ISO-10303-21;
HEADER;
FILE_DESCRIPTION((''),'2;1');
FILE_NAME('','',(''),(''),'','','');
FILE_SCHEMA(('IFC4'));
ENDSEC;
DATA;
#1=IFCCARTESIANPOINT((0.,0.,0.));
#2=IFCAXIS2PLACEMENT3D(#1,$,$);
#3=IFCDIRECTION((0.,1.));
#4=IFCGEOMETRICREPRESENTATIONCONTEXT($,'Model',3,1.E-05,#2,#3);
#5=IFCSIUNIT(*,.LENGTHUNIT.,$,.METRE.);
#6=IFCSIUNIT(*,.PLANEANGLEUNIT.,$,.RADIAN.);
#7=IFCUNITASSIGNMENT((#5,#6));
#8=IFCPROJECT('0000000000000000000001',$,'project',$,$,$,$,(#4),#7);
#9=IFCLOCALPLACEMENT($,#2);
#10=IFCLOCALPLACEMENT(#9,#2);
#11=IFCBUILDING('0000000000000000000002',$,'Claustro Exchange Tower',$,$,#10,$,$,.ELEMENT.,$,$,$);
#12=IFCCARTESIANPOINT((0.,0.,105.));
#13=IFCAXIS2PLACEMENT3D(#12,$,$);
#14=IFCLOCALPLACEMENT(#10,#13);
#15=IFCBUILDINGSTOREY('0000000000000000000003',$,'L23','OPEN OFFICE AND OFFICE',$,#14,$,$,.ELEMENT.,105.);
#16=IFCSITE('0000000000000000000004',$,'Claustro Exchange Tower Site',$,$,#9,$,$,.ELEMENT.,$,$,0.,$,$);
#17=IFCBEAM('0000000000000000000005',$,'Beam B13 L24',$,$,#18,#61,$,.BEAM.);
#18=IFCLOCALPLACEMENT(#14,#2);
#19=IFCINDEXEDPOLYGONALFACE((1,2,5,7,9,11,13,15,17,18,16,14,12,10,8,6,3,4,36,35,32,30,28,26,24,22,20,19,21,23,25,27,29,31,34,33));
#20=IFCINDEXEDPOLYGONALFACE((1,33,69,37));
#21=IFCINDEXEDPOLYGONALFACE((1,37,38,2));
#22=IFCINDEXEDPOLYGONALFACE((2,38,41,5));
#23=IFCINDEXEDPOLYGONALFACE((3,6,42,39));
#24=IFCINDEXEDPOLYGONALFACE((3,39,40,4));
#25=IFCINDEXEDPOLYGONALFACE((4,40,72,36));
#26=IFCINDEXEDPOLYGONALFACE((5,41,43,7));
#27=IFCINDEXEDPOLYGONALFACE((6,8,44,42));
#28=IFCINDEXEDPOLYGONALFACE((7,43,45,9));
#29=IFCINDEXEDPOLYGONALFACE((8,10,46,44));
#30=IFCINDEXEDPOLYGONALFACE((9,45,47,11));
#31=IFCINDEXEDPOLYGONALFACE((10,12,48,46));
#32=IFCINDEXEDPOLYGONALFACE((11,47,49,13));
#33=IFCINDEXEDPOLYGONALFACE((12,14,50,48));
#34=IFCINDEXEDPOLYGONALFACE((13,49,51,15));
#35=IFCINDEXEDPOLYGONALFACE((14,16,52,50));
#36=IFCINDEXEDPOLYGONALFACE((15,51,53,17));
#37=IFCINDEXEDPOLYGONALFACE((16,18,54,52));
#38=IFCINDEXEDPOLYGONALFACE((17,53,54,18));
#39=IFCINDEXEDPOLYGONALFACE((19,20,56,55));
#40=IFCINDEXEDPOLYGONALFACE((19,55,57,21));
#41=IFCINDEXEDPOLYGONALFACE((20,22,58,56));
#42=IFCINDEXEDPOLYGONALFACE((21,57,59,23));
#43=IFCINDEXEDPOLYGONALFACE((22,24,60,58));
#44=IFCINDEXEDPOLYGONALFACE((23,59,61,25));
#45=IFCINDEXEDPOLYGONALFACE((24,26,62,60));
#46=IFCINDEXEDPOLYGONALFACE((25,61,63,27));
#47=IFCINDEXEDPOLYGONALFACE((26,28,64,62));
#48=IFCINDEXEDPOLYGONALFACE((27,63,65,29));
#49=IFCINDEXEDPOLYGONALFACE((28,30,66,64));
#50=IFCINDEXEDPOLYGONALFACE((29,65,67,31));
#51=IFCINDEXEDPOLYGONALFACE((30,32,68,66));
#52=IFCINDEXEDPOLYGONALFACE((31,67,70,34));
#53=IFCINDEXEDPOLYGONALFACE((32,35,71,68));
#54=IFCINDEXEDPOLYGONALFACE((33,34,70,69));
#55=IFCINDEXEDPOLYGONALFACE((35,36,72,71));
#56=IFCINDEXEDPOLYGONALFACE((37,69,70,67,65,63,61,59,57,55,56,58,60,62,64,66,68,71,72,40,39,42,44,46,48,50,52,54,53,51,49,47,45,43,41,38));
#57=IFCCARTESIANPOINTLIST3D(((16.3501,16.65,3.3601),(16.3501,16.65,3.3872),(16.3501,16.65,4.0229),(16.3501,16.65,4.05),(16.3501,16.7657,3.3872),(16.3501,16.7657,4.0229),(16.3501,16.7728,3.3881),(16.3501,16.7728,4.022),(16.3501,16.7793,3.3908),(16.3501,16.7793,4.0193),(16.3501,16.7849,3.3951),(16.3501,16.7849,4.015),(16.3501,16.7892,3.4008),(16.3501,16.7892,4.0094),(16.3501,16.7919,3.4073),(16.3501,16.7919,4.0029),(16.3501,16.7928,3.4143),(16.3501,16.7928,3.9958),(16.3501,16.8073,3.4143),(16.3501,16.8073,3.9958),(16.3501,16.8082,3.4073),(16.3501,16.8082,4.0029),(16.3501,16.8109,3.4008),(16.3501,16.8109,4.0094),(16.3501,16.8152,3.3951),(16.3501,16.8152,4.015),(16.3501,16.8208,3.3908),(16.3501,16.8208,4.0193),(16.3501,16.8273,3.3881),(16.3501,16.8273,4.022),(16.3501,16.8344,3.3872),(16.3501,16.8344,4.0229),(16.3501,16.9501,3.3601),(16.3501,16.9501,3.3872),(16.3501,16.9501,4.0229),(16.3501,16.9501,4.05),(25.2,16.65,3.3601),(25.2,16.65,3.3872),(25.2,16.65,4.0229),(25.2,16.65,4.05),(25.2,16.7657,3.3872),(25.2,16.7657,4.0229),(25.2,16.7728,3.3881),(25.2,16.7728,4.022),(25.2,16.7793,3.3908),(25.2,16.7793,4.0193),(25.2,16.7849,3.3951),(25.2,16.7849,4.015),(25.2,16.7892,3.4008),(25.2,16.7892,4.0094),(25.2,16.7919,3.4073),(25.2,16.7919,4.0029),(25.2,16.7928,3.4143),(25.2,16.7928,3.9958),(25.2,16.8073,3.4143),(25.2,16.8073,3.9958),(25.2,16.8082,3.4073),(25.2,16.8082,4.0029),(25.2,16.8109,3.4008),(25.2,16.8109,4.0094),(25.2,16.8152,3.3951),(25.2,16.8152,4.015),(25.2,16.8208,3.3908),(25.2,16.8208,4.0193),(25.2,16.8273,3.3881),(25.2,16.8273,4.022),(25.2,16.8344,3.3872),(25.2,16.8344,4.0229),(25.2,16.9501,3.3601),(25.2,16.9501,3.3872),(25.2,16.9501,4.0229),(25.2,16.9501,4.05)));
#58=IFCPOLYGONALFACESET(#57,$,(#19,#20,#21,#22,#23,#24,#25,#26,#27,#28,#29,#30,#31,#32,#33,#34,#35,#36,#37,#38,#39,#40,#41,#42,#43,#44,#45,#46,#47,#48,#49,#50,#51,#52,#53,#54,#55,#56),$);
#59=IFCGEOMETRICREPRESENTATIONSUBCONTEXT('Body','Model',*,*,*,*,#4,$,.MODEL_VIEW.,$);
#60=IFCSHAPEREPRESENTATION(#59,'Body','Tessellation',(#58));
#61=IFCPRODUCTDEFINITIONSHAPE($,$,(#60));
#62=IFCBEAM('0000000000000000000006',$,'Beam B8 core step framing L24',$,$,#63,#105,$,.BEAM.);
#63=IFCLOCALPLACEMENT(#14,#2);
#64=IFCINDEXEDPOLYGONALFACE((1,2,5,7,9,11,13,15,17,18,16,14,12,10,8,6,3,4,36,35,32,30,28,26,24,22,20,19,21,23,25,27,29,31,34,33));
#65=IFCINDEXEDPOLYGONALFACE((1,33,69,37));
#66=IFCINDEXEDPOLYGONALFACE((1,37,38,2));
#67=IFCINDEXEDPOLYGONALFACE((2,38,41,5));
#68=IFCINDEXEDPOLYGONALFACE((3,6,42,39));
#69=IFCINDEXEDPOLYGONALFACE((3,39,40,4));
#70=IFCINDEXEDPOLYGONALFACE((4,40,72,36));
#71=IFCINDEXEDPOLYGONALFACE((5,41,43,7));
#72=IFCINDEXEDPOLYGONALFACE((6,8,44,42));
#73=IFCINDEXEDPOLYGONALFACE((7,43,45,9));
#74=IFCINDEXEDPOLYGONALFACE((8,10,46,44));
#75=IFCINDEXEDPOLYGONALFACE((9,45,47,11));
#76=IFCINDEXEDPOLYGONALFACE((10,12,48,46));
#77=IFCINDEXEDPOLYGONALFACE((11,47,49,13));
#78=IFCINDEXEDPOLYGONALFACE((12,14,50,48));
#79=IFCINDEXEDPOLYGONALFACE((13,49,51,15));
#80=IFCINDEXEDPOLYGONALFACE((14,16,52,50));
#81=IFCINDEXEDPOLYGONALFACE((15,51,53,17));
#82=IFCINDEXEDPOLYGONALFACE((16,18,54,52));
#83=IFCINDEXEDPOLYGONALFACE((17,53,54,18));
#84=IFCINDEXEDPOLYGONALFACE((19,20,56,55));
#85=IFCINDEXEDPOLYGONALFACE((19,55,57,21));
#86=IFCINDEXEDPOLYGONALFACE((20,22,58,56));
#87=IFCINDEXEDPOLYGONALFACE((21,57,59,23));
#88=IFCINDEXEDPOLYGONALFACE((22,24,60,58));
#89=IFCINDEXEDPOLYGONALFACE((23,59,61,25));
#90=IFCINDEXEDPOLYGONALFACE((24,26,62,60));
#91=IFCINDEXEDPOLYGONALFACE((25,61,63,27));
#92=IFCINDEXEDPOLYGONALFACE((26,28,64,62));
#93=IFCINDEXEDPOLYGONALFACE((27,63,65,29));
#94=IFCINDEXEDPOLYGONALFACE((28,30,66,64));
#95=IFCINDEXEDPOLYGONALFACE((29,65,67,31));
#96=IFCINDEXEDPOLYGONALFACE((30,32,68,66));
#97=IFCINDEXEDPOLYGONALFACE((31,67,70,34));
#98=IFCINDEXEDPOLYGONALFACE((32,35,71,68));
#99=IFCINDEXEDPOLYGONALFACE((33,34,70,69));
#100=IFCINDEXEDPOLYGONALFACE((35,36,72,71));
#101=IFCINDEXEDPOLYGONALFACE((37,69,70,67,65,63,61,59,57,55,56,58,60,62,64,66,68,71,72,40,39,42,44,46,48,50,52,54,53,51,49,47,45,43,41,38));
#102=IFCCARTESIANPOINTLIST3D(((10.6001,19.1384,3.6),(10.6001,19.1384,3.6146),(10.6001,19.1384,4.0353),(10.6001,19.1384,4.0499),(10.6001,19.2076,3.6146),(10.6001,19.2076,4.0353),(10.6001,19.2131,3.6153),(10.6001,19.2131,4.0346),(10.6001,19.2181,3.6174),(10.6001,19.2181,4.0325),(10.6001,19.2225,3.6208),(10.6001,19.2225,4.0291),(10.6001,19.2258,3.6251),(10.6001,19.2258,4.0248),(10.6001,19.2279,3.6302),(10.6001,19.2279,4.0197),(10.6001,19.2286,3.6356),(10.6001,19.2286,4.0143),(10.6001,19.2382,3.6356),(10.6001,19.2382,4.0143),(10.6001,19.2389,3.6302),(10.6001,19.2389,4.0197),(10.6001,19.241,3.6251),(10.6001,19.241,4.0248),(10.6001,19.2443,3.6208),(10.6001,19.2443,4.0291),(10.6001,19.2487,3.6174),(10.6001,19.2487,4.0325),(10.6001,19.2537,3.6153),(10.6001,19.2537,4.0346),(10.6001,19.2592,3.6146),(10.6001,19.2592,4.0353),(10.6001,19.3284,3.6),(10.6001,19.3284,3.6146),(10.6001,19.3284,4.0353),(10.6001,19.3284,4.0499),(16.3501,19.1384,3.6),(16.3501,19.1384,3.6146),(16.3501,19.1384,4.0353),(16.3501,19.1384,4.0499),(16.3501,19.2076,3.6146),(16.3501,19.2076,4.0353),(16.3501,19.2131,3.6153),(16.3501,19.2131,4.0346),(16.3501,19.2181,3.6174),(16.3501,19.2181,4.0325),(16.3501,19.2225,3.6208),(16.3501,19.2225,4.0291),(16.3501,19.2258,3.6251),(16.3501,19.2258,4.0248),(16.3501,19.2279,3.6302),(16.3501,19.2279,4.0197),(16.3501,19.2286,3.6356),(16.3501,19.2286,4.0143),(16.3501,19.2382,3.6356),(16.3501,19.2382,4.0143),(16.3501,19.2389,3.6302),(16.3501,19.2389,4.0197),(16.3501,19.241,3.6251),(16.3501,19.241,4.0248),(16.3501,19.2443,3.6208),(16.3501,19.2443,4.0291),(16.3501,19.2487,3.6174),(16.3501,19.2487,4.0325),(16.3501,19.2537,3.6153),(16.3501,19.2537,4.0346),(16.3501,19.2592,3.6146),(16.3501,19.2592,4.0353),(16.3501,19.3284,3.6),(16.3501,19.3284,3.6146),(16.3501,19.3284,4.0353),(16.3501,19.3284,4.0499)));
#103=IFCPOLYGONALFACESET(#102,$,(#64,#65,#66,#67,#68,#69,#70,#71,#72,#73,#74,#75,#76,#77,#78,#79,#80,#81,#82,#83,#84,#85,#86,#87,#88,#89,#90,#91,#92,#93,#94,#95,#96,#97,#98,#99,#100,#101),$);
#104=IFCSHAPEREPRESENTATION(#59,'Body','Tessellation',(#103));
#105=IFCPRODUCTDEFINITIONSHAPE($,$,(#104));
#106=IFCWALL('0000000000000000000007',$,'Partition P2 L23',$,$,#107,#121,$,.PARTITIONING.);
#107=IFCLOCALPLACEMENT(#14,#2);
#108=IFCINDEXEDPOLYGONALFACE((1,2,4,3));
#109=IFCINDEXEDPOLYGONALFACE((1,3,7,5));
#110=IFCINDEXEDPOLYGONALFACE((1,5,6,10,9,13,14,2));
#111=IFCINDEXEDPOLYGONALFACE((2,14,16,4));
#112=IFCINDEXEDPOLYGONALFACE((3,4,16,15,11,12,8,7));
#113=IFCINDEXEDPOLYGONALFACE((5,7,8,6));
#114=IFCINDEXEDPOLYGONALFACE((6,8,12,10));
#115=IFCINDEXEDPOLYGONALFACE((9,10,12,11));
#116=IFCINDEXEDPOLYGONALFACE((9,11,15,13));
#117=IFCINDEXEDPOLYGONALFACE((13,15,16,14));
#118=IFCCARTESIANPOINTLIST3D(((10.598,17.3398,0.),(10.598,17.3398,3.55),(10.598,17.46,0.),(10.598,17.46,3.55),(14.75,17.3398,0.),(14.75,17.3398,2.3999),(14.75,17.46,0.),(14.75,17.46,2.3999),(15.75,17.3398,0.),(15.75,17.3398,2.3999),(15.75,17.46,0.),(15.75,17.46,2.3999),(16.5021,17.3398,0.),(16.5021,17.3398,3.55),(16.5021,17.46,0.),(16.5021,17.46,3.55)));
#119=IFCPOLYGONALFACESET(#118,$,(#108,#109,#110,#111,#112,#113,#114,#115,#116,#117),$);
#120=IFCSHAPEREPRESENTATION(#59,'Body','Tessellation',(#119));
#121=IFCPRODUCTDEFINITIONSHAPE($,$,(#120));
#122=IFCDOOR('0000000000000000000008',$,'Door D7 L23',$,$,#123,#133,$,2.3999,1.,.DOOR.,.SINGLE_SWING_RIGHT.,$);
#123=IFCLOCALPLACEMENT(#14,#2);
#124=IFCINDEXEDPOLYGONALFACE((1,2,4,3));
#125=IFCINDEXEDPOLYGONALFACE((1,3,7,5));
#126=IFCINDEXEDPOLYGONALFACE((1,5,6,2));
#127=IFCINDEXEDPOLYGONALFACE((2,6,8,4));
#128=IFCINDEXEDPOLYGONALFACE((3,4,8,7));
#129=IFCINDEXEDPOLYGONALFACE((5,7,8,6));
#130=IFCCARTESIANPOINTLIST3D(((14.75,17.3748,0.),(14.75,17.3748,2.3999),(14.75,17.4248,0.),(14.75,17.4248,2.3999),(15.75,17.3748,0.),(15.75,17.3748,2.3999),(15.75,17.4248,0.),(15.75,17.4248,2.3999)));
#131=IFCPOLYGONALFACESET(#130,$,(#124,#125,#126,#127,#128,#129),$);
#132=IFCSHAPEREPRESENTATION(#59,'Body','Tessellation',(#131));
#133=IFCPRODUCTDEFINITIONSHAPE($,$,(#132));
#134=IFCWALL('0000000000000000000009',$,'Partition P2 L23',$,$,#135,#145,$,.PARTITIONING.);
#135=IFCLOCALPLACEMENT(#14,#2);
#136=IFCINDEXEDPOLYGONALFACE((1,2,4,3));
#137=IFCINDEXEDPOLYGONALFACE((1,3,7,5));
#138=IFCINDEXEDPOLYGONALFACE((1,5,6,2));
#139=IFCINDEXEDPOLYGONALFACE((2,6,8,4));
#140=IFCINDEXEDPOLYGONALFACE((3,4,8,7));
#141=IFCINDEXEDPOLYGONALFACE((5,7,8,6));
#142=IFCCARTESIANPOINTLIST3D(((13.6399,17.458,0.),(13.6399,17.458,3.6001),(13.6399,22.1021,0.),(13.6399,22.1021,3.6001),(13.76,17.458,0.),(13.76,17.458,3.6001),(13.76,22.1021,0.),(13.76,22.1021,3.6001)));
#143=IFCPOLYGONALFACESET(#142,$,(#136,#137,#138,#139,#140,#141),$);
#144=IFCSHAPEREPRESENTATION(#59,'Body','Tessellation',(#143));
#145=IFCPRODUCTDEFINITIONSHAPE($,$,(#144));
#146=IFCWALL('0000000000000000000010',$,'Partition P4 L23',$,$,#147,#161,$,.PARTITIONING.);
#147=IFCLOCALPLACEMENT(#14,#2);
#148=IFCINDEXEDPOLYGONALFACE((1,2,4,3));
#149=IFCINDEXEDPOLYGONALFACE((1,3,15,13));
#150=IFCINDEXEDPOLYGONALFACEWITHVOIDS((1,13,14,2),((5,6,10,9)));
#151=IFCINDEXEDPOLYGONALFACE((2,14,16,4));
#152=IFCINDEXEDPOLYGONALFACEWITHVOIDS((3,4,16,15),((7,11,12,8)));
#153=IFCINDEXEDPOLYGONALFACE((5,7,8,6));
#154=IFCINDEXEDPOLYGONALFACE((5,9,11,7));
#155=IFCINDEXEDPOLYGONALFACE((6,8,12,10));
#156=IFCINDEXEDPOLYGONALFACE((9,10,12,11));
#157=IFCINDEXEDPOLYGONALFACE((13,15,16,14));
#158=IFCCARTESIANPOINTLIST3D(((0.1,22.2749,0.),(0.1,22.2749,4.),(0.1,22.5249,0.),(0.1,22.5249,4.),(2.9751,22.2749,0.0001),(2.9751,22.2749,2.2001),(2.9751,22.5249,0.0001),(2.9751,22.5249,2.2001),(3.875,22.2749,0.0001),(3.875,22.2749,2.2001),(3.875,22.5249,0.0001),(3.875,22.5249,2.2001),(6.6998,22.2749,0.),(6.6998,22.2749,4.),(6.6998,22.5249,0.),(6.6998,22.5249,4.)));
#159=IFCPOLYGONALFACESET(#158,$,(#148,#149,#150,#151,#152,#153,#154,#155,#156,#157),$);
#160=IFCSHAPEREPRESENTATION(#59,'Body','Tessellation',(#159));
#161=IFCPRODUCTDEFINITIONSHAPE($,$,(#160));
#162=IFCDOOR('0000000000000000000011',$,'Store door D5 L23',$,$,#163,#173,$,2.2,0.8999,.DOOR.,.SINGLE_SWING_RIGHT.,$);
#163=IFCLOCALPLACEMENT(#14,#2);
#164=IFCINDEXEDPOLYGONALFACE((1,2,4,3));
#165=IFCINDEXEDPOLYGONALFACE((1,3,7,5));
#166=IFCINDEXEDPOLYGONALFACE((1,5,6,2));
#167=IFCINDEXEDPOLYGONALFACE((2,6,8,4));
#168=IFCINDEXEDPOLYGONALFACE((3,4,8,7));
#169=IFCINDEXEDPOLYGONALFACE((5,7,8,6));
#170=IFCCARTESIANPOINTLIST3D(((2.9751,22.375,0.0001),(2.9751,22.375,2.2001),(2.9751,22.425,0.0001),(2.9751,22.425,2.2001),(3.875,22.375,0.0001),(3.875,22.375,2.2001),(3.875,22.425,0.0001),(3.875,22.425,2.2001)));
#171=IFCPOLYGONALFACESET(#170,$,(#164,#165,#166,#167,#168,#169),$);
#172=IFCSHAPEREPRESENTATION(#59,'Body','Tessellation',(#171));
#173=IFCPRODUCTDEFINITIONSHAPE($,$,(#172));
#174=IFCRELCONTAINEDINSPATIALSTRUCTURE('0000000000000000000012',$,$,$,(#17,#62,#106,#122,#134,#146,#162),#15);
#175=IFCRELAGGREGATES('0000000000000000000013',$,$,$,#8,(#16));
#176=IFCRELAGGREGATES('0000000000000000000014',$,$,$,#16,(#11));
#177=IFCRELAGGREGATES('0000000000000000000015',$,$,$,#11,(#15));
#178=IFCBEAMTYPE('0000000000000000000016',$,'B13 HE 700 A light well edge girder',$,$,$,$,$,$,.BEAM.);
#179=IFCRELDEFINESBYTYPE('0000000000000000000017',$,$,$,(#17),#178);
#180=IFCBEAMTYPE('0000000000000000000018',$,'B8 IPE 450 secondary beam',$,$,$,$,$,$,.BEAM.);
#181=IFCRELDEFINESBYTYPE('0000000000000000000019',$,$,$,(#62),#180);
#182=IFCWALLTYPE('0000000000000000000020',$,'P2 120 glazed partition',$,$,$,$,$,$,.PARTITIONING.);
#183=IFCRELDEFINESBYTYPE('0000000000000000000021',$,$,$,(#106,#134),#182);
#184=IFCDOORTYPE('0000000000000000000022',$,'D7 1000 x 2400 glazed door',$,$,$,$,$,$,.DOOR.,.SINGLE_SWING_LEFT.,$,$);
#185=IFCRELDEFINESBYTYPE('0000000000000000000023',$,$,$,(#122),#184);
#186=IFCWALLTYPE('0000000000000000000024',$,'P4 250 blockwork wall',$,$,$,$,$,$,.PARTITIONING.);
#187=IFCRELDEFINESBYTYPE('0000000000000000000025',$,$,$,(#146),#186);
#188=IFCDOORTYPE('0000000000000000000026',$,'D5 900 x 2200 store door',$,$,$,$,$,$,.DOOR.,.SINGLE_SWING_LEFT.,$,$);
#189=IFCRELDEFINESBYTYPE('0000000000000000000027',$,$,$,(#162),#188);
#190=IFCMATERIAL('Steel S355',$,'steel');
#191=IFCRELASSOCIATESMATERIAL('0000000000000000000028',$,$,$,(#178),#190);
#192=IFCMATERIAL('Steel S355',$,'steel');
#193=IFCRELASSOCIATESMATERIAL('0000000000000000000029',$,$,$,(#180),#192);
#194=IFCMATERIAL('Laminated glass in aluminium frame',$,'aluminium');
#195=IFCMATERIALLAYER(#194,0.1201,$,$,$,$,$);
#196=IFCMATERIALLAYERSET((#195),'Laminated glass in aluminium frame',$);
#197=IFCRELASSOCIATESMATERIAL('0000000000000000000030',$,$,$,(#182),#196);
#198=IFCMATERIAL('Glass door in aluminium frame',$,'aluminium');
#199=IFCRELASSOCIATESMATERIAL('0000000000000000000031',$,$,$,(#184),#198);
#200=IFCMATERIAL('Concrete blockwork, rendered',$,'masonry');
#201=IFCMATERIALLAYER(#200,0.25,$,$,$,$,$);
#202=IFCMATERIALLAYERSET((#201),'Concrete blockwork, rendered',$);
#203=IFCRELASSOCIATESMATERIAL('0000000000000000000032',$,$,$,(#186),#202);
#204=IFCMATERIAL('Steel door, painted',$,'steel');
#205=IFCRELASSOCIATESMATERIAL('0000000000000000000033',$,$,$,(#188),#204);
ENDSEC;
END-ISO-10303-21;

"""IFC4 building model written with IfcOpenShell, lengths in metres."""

from ifc_helpers import new_model, si_unit, direction, frame, frame_2d, origin, origin_2d, place, context, subcontext, project, spatial, rectangle, i_section, extrude, material, layer, layer_set, material_profile, profile_set, type_object, element, fill, save


model = new_model("IFC4")

# Units and contexts
model_context = context("Model", 3, precision=1e-05, world=origin(), true_north=direction((0.0, 1.0)))
body_context = subcontext(model_context, "Body", "Model", "MODEL_VIEW")
ifc_project = project(units=[si_unit("LENGTHUNIT", "METRE"), si_unit("PLANEANGLEUNIT", "RADIAN")], contexts=[model_context])

# Site, building, storey
site_placement = place(None, origin())
site = spatial("IfcSite", under=ifc_project, at=site_placement, Name="Claustro Exchange Tower Site", CompositionType="ELEMENT", RefElevation=0.0)
building_placement = place(site_placement, origin())
building = spatial("IfcBuilding", under=site, at=building_placement, Name="Claustro Exchange Tower", CompositionType="ELEMENT")
storey_placement = place(building_placement, frame((0.0, 0.0, 105.0)))
storey = spatial("IfcBuildingStorey", under=building, at=storey_placement, Name="L23", Description="OPEN OFFICE AND OFFICE", CompositionType="ELEMENT", Elevation=105.0)

# Beams
ifc_material_1 = material(Name="Steel S355", Category="steel")
ifc_material_profile_1 = material_profile(ifc_material_1, i_section(OverallWidth=0.3, OverallDepth=0.6899, WebThickness=0.0144, FlangeThickness=0.0271, FilletRadius=0.0271, at=origin_2d()), Name="HE 700 A")
ifc_profile_set_1 = profile_set([ifc_material_profile_1], Name="Steel S355")
beam_type_1 = type_object("IfcBeamType", Name="B13 HE 700 A light well edge girder", PredefinedType="BEAM", material=ifc_profile_set_1)
beam_1_placement = place(storey_placement, frame((16.3501, 16.8, 3.7051), z_axis=(1.0, 0.0, 0.0), x_axis=(0.0, 1.0, 0.0)))
element("IfcBeam", 1, at=beam_1_placement, inside=storey, type_object=beam_type_1, Name="Beam B13 L24", PredefinedType="BEAM", context=body_context, shape_type="SweptSolid", body=[
    extrude(i_section(OverallWidth=0.3, OverallDepth=0.6899, WebThickness=0.0144, FlangeThickness=0.0271, FilletRadius=0.0271, at=origin_2d()), origin(), (0.0, 0.0, 1.0), 8.8499),
])
ifc_material_2 = material(Name="Steel S355", Category="steel")
ifc_material_profile_2 = material_profile(ifc_material_2, i_section(OverallWidth=0.1899, OverallDepth=0.45, WebThickness=0.0095, FlangeThickness=0.0146, FilletRadius=0.021, at=origin_2d()), Name="IPE 450")
ifc_profile_set_2 = profile_set([ifc_material_profile_2], Name="Steel S355")
beam_type_2 = type_object("IfcBeamType", Name="B8 IPE 450 secondary beam", PredefinedType="BEAM", material=ifc_profile_set_2)
beam_2_placement = place(storey_placement, frame((10.6001, 19.2334, 3.825), z_axis=(1.0, 0.0, 0.0), x_axis=(0.0, 1.0, 0.0)))
element("IfcBeam", 2, at=beam_2_placement, inside=storey, type_object=beam_type_2, Name="Beam B8 core step framing L24", PredefinedType="BEAM", context=body_context, shape_type="SweptSolid", body=[
    extrude(i_section(OverallWidth=0.1899, OverallDepth=0.45, WebThickness=0.0095, FlangeThickness=0.0146, FilletRadius=0.021, at=origin_2d()), origin(), (0.0, 0.0, 1.0), 5.75),
])

# Wall, opening, door
ifc_material_3 = material(Name="Laminated glass in aluminium frame", Category="aluminium")
ifc_layer_1 = layer(ifc_material_3, 0.1201)
ifc_layer_set_1 = layer_set([ifc_layer_1], Name="Laminated glass in aluminium frame")
wall_type_1 = type_object("IfcWallType", Name="P2 120 glazed partition", PredefinedType="PARTITIONING", material=ifc_layer_set_1)
wall_1_placement = place(storey_placement, frame((10.5979, 17.3999, 0.0), z_axis=(0.0, 0.0, 1.0), x_axis=(1.0, 0.0, 0.0)))
wall_1 = element("IfcWall", 3, at=wall_1_placement, inside=storey, type_object=wall_type_1, Name="Partition P2 L23", PredefinedType="PARTITIONING", context=body_context, shape_type="SweptSolid", body=[
    extrude(rectangle(XDim=5.9041, YDim=0.1201, at=frame_2d((2.9521, 0.0))), origin(), (0.0, 0.0, 1.0), 3.55),
])
opening_1_placement = place(wall_1_placement, frame((4.1521, 0.0, 0.0)))
opening_1 = element("IfcOpeningElement", 4, at=opening_1_placement, cuts=wall_1, PredefinedType="OPENING", context=body_context, shape_type="SweptSolid", body=[
    extrude(rectangle(XDim=1.0, YDim=2.3999, at=frame_2d((0.5, 1.2))), frame((0.0, 0.0701, 0.0), z_axis=(0.0, -1.0, 0.0), x_axis=(1.0, 0.0, 0.0)), (0.0, 0.0, 1.0), 0.1401),
])
ifc_material_4 = material(Name="Glass door in aluminium frame", Category="aluminium")
door_type_1 = type_object("IfcDoorType", Name="D7 1000 x 2400 glazed door", OperationType="SINGLE_SWING_LEFT", PredefinedType="DOOR", material=ifc_material_4)
door_1_placement = place(opening_1_placement, origin())
door_1 = element("IfcDoor", 5, at=door_1_placement, inside=storey, type_object=door_type_1, Name="Door D7 L23", OperationType="SINGLE_SWING_RIGHT", OverallHeight=2.3999, OverallWidth=1.0, PredefinedType="DOOR", context=body_context, shape_type="SweptSolid", body=[
    extrude(rectangle(XDim=1.0, YDim=2.3999, at=frame_2d((0.5, 1.2))), frame((0.0, 0.0249, 0.0), z_axis=(0.0, -1.0, 0.0), x_axis=(1.0, 0.0, 0.0)), (0.0, 0.0, 1.0), 0.05),
])
fill(opening_1, door_1)

# Wall
wall_2_placement = place(storey_placement, frame((13.7, 17.458, 0.0), z_axis=(0.0, 0.0, 1.0), x_axis=(0.0, 1.0, 0.0)))
element("IfcWall", 6, at=wall_2_placement, inside=storey, type_object=wall_type_1, Name="Partition P2 L23", PredefinedType="PARTITIONING", context=body_context, shape_type="SweptSolid", body=[
    extrude(rectangle(XDim=4.644, YDim=0.1201, at=frame_2d((2.322, 0.0))), origin(), (0.0, 0.0, 1.0), 3.6001),
])

# Wall, opening, door
ifc_material_5 = material(Name="Concrete blockwork, rendered", Category="masonry")
ifc_layer_2 = layer(ifc_material_5, 0.25)
ifc_layer_set_2 = layer_set([ifc_layer_2], Name="Concrete blockwork, rendered")
wall_type_2 = type_object("IfcWallType", Name="P4 250 blockwork wall", PredefinedType="PARTITIONING", material=ifc_layer_set_2)
wall_3_placement = place(storey_placement, frame((0.1001, 22.3999, 0.0), z_axis=(0.0, 0.0, 1.0), x_axis=(1.0, 0.0, 0.0)))
wall_3 = element("IfcWall", 7, at=wall_3_placement, inside=storey, type_object=wall_type_2, Name="Partition P4 L23", PredefinedType="PARTITIONING", context=body_context, shape_type="SweptSolid", body=[
    extrude(rectangle(XDim=6.5999, YDim=0.25, at=frame_2d((3.2998, 0.0))), origin(), (0.0, 0.0, 1.0), 4.0),
])
opening_2_placement = place(wall_3_placement, frame((2.875, 0.0, 0.0)))
opening_2 = element("IfcOpeningElement", 8, at=opening_2_placement, cuts=wall_3, PredefinedType="OPENING", context=body_context, shape_type="SweptSolid", body=[
    extrude(rectangle(XDim=0.8999, YDim=2.2, at=frame_2d((0.45, 1.1001))), frame((0.0, 0.135, 0.0), z_axis=(0.0, -1.0, 0.0), x_axis=(1.0, 0.0, 0.0)), (0.0, 0.0, 1.0), 0.27),
])
ifc_material_6 = material(Name="Steel door, painted", Category="steel")
door_type_2 = type_object("IfcDoorType", Name="D5 900 x 2200 store door", OperationType="SINGLE_SWING_LEFT", PredefinedType="DOOR", material=ifc_material_6)
door_2_placement = place(opening_2_placement, frame((0.8999, 0.0, 0.0), z_axis=(0.0, 0.0, 1.0), x_axis=(-1.0, 0.0, 0.0)))
door_2 = element("IfcDoor", 9, at=door_2_placement, inside=storey, type_object=door_type_2, Name="Store door D5 L23", OperationType="SINGLE_SWING_RIGHT", OverallHeight=2.2, OverallWidth=0.8999, PredefinedType="DOOR", context=body_context, shape_type="SweptSolid", body=[
    extrude(rectangle(XDim=0.8999, YDim=2.2, at=frame_2d((0.45, 1.1001))), frame((0.0, 0.0249, 0.0), z_axis=(0.0, -1.0, 0.0), x_axis=(1.0, 0.0, 0.0)), (0.0, 0.0, 1.0), 0.05),
])
fill(opening_2, door_2)

save(model, "model.ifc")
